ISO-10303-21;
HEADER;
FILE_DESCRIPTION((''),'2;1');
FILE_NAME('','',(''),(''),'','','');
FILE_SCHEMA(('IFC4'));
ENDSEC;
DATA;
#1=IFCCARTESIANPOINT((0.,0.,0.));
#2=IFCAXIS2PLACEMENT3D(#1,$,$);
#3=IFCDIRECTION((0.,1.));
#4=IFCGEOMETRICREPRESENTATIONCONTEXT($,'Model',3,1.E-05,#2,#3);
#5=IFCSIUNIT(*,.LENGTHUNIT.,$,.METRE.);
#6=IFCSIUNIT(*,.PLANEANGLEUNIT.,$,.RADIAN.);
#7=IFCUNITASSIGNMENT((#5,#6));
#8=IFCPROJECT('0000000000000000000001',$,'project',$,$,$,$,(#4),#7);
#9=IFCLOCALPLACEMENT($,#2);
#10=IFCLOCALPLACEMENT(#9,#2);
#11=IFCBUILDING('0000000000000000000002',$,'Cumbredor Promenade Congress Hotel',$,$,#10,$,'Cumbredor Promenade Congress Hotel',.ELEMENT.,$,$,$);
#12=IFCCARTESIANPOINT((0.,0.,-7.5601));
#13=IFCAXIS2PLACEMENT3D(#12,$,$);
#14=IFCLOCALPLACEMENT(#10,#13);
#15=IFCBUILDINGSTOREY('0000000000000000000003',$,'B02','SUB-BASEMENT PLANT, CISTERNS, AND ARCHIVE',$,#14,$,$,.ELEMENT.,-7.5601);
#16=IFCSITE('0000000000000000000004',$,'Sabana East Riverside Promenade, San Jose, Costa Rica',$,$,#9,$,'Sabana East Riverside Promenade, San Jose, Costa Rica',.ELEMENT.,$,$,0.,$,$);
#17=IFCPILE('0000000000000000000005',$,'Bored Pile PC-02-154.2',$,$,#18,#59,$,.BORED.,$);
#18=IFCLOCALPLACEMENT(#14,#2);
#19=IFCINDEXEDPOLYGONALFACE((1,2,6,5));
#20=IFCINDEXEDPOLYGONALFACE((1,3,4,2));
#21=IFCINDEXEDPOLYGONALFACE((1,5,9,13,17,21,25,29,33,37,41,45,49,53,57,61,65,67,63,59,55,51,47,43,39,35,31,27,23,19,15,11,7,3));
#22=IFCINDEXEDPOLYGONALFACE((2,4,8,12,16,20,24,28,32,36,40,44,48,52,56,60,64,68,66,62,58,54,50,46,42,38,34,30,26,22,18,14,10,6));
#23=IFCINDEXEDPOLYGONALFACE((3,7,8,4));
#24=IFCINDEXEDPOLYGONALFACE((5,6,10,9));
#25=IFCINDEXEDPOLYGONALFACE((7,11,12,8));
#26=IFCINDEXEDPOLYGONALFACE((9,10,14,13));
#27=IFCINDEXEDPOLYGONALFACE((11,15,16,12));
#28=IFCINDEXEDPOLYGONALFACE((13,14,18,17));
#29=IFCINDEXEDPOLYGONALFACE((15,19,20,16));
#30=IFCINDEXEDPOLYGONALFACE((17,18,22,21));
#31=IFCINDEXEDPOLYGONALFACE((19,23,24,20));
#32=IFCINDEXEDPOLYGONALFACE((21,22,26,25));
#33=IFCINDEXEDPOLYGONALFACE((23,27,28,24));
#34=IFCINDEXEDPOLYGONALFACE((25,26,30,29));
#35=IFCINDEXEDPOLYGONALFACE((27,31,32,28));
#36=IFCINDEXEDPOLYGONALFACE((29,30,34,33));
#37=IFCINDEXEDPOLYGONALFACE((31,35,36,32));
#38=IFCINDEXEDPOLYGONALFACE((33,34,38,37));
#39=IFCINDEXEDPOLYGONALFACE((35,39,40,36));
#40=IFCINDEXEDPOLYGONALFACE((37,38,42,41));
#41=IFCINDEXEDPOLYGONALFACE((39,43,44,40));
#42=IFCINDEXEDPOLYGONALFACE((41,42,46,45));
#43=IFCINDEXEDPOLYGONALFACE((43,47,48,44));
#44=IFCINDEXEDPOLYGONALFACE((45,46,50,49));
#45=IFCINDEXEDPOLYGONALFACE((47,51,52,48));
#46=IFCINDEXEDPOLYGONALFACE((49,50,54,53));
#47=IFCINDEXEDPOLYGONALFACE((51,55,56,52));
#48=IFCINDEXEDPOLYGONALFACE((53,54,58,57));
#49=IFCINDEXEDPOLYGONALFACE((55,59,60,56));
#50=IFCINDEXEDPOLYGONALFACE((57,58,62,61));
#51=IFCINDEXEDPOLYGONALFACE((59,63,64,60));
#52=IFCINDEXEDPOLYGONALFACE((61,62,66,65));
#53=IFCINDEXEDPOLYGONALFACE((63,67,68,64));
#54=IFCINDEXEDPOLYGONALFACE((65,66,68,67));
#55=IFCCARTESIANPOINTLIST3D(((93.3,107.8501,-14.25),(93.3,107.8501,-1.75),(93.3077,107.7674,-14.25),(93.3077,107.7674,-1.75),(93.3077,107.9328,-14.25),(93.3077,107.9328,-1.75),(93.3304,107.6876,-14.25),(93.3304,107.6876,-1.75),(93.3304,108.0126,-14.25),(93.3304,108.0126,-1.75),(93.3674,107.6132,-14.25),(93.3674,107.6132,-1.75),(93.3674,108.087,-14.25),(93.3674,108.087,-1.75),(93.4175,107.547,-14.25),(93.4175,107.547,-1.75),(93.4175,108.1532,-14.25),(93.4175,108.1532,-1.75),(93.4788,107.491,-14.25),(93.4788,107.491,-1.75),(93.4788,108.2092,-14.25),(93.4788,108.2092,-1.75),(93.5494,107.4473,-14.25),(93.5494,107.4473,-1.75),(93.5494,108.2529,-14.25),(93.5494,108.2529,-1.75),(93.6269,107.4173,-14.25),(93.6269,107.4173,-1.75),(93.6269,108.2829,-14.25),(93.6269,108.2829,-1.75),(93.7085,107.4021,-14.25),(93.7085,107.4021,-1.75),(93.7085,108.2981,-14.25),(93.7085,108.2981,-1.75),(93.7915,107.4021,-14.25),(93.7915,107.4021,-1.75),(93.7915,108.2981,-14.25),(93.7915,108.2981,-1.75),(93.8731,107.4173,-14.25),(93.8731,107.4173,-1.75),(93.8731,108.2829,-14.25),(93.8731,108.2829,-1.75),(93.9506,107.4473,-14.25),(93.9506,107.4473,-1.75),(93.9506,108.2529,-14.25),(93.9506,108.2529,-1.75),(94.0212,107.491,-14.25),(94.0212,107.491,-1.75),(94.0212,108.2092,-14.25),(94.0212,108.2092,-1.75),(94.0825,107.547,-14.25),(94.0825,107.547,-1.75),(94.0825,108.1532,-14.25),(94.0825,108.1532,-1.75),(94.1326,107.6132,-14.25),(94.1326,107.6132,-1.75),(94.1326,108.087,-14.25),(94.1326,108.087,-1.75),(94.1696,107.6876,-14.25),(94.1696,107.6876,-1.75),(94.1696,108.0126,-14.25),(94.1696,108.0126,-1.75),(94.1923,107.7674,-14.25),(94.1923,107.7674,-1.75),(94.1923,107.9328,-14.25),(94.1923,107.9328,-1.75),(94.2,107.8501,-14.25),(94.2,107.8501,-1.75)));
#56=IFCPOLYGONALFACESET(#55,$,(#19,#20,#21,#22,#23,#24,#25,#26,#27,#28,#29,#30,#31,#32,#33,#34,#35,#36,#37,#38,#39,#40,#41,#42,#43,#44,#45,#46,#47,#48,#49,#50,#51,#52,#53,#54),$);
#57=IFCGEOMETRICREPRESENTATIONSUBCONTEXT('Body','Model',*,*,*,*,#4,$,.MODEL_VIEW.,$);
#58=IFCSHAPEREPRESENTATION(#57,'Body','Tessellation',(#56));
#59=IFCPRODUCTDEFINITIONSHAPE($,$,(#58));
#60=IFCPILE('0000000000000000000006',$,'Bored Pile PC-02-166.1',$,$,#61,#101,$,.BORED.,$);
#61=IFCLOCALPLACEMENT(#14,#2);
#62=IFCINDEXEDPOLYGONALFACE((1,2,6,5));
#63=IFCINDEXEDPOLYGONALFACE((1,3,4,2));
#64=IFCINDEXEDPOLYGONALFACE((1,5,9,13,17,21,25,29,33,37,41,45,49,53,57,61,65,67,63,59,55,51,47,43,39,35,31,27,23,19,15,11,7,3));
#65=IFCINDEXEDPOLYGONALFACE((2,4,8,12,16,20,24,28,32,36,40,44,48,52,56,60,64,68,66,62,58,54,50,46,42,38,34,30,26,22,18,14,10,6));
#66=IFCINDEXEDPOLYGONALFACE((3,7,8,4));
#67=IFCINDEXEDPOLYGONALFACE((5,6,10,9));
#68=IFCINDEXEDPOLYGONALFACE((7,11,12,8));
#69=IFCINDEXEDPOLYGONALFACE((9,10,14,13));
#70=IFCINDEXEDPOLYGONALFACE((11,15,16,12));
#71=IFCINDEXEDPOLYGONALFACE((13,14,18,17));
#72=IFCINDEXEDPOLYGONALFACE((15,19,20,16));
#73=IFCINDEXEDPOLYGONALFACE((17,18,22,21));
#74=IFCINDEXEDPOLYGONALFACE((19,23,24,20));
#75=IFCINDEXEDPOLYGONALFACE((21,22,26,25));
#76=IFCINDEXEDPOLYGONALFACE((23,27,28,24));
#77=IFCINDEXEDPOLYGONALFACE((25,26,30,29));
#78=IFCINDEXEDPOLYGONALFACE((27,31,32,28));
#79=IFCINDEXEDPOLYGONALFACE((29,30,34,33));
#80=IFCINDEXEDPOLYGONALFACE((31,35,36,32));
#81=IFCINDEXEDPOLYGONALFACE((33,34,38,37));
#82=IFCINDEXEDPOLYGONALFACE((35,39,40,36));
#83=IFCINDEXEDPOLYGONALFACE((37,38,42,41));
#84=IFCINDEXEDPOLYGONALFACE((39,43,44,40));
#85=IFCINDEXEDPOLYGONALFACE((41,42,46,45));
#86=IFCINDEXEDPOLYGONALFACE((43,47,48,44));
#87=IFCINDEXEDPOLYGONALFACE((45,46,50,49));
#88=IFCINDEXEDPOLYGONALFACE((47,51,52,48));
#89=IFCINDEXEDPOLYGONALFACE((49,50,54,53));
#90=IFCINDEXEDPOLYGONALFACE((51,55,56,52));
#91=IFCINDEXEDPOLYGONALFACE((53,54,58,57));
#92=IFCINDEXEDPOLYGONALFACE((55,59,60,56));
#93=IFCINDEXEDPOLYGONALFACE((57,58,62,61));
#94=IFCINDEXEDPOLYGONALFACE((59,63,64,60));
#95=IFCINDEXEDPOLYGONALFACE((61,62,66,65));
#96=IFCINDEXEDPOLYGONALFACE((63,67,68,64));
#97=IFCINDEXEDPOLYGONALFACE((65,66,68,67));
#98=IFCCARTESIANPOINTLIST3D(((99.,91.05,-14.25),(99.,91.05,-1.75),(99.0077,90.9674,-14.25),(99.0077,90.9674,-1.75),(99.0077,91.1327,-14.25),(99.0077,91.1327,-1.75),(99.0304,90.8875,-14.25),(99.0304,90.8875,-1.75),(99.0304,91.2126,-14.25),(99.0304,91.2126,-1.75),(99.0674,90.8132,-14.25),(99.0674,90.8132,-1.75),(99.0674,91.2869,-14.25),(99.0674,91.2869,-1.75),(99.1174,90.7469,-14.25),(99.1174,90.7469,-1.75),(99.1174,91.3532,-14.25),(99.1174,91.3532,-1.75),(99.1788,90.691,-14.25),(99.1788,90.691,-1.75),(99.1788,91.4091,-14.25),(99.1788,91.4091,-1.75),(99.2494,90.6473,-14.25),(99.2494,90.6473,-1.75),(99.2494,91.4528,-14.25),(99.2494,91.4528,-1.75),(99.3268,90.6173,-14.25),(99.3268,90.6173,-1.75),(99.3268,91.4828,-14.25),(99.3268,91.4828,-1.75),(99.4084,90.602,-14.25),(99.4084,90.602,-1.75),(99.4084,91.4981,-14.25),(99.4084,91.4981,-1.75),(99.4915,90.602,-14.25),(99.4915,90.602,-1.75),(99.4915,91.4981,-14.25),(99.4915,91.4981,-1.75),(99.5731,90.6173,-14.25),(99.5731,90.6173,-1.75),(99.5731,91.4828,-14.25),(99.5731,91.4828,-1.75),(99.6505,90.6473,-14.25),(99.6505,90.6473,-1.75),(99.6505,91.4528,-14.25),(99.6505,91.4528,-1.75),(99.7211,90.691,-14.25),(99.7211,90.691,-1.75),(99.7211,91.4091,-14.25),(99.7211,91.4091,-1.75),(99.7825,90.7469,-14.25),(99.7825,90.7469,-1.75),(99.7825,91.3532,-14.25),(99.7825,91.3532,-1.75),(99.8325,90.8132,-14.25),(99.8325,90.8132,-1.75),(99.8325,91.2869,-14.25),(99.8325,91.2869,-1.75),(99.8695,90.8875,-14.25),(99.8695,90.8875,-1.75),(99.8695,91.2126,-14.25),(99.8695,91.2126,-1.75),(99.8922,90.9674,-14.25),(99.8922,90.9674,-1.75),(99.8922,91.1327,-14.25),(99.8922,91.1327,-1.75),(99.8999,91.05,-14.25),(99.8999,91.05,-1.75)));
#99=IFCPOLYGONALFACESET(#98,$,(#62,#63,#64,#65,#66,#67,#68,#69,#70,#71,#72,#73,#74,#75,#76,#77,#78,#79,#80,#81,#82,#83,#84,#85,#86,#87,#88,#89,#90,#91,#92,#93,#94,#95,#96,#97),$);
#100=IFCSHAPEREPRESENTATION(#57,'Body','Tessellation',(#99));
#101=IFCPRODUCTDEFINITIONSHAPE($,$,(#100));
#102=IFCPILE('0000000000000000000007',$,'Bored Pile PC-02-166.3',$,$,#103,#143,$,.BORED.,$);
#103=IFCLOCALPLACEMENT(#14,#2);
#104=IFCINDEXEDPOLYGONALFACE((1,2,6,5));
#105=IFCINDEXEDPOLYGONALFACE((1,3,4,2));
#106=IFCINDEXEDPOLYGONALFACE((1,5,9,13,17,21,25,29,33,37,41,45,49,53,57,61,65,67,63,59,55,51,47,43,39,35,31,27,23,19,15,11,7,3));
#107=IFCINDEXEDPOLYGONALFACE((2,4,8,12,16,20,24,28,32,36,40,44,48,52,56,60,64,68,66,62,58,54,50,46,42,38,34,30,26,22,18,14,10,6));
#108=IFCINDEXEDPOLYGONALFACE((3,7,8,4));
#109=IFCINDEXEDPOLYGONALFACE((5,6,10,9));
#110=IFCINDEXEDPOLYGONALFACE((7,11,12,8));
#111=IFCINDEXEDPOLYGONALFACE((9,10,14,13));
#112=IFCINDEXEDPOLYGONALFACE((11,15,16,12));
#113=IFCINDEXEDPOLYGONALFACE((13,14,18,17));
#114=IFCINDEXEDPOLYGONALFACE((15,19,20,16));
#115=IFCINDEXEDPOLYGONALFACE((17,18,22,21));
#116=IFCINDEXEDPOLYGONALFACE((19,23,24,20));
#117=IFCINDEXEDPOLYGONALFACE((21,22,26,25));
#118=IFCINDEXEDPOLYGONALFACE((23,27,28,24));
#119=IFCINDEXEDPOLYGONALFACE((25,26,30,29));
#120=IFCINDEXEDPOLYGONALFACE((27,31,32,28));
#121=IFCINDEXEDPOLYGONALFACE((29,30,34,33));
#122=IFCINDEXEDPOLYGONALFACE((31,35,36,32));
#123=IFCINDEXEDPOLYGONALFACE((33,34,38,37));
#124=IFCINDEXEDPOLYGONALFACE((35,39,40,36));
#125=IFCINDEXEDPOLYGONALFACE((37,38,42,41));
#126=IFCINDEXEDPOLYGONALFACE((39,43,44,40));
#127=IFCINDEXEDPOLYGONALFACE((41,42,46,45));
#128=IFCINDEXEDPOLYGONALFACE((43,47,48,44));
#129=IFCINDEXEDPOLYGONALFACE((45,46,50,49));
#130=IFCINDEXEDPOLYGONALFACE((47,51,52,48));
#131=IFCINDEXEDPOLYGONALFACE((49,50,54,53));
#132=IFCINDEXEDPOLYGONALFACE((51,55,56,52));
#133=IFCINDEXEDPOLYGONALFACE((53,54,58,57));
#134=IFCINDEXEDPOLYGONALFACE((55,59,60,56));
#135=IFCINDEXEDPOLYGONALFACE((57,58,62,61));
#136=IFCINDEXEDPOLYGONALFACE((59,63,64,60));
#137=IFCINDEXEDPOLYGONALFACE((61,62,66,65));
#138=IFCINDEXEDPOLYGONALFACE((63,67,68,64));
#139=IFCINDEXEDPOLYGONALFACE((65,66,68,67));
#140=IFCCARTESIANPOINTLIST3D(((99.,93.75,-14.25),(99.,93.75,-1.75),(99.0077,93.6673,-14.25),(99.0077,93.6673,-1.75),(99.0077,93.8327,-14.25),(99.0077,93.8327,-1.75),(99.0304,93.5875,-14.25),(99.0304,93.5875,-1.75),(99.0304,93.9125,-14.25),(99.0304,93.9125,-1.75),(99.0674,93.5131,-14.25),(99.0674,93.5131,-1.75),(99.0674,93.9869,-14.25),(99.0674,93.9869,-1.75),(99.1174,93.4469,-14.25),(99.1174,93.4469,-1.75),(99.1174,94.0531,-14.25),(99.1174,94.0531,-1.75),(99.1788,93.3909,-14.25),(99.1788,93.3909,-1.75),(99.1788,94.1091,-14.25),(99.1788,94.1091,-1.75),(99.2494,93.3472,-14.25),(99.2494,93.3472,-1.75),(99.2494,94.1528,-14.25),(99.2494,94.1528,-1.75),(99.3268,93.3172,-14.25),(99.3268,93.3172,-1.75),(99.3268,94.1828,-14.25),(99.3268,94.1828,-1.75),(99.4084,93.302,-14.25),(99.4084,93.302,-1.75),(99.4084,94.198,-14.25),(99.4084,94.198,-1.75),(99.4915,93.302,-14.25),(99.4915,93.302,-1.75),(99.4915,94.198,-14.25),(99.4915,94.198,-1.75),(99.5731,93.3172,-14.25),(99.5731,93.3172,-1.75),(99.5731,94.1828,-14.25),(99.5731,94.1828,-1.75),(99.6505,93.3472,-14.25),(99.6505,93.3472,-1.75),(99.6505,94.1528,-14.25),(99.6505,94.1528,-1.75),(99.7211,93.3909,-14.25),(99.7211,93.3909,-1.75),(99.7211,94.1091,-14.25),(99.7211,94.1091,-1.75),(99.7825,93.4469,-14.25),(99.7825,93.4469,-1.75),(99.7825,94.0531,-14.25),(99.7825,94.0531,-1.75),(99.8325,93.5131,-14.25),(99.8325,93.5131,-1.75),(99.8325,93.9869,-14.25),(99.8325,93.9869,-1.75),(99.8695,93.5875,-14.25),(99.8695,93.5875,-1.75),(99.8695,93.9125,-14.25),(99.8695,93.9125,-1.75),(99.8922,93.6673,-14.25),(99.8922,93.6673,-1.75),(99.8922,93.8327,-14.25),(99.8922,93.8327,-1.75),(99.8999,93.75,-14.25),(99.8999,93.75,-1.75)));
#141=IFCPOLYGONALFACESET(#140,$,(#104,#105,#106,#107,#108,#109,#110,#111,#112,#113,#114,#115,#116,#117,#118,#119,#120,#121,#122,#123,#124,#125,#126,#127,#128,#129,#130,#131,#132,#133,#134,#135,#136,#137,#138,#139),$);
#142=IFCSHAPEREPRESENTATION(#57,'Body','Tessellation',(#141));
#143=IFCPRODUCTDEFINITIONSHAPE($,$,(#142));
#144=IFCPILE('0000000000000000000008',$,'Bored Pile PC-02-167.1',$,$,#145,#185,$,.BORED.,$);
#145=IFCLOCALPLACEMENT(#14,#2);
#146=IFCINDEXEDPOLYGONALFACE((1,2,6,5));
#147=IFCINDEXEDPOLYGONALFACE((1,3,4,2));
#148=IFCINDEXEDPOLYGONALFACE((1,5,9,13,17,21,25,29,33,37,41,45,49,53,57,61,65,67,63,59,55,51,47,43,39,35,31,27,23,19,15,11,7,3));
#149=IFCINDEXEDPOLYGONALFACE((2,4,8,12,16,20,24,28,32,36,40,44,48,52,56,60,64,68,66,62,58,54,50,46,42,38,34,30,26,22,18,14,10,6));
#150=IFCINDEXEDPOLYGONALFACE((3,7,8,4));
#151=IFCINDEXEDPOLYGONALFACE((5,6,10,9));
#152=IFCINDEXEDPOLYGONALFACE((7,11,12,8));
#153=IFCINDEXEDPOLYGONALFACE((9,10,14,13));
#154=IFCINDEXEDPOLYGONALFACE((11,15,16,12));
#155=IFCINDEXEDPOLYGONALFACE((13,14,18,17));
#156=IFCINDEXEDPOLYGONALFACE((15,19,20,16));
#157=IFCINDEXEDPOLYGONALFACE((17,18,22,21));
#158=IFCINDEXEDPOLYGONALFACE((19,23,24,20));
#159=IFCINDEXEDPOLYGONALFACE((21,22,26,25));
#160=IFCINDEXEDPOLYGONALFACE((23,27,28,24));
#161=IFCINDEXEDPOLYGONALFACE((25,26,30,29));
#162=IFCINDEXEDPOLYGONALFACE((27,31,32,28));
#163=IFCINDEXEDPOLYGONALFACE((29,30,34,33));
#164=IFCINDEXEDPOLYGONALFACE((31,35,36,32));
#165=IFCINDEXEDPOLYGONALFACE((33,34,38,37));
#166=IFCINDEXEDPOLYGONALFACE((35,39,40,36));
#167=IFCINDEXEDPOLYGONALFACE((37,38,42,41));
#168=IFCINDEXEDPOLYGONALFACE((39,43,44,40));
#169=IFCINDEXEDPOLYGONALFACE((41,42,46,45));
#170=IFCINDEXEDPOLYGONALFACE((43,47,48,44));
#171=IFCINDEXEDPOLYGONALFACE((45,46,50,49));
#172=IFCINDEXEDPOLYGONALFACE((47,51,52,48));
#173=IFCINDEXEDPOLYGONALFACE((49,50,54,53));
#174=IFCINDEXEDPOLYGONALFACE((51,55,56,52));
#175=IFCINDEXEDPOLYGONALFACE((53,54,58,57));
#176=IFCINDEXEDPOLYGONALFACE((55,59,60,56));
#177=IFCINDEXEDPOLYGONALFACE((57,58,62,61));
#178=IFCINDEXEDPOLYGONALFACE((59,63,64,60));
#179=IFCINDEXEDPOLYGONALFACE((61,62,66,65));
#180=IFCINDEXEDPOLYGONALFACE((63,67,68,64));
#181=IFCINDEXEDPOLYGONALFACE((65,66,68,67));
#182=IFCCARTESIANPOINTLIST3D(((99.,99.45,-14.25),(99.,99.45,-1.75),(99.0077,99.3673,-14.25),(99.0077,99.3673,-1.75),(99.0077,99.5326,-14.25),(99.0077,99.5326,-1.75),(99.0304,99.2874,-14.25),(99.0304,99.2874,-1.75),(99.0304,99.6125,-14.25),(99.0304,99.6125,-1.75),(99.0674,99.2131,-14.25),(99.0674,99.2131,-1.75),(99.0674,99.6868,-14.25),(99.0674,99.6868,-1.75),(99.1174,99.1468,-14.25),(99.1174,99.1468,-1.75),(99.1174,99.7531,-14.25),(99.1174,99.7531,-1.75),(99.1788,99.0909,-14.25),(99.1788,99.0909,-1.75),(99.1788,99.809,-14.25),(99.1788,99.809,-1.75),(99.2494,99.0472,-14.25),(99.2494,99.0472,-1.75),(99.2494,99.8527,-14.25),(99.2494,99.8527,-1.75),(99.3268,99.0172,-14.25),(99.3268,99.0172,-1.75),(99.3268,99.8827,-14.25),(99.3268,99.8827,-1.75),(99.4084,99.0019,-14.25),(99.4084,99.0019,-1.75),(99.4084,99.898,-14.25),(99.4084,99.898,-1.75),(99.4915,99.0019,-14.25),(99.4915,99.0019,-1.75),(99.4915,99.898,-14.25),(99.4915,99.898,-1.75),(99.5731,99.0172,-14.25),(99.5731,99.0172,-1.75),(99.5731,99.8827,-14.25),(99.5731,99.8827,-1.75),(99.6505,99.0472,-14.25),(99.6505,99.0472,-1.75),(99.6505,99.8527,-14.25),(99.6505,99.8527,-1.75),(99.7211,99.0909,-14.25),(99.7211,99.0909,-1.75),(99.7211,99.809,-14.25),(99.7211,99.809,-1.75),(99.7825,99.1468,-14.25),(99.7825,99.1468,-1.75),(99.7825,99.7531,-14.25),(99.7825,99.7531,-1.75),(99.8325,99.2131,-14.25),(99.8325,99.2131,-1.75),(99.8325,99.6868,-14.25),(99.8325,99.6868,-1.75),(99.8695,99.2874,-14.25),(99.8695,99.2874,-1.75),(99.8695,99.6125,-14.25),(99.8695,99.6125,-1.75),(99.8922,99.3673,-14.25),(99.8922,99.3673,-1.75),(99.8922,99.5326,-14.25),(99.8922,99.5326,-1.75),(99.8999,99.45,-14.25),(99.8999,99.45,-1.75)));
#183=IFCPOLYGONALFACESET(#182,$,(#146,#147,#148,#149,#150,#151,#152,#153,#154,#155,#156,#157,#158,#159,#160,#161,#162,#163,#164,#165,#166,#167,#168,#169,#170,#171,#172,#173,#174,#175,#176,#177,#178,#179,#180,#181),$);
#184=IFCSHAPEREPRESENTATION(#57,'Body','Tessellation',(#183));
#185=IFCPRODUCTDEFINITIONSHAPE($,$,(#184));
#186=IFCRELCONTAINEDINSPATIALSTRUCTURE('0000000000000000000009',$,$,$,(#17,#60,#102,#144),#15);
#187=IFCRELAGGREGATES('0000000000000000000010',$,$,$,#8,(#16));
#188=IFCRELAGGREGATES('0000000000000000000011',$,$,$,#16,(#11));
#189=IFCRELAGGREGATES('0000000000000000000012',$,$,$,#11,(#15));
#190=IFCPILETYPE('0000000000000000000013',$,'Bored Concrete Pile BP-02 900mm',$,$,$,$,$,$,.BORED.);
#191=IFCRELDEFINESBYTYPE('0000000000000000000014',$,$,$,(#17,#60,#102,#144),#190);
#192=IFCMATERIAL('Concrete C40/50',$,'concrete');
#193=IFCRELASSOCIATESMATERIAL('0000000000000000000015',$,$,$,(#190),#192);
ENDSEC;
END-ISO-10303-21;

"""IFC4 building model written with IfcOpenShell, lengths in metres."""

from ifc_helpers import new_model, si_unit, direction, frame, origin, origin_2d, place, context, subcontext, project, spatial, circle, extrude, material, material_profile, profile_set, type_object, element, save


model = new_model("IFC4")

# Units and contexts
model_context = context("Model", 3, precision=1e-05, world=origin(), true_north=direction((0.0, 1.0)))
body_context = subcontext(model_context, "Body", "Model", "MODEL_VIEW")
ifc_project = project(units=[si_unit("LENGTHUNIT", "METRE"), si_unit("PLANEANGLEUNIT", "RADIAN")], contexts=[model_context])

# Site, building, storey
site_placement = place(None, origin())
site = spatial("IfcSite", under=ifc_project, at=site_placement, Name="Sabana East Riverside Promenade, San Jose, Costa Rica", LongName="Sabana East Riverside Promenade, San Jose, Costa Rica", CompositionType="ELEMENT", RefElevation=0.0)
building_placement = place(site_placement, origin())
building = spatial("IfcBuilding", under=site, at=building_placement, Name="Cumbredor Promenade Congress Hotel", LongName="Cumbredor Promenade Congress Hotel", CompositionType="ELEMENT")
storey_placement = place(building_placement, frame((0.0, 0.0, -7.5601)))
storey = spatial("IfcBuildingStorey", under=building, at=storey_placement, Name="B02", Description="SUB-BASEMENT PLANT, CISTERNS, AND ARCHIVE", CompositionType="ELEMENT", Elevation=-7.5601)

# Piles
ifc_material_1 = material(Name="Concrete C40/50", Category="concrete")
ifc_material_profile_1 = material_profile(ifc_material_1, circle(Radius=0.45, at=origin_2d()), Name="PILE D900")
ifc_profile_set_1 = profile_set([ifc_material_profile_1], Name="Concrete C40/50")
pile_type = type_object("IfcPileType", Name="Bored Concrete Pile BP-02 900mm", PredefinedType="BORED", material=ifc_profile_set_1)
for number, where, z_axis, x_axis, name in (
    (1, (93.75, 107.8501, -1.75), (0.0, 0.0, -1.0), (1.0, 0.0, 0.0), "Bored Pile PC-02-154.2"),
    (2, (99.45, 91.05, -1.75), (0.0, 0.0, -1.0), (1.0, 0.0, 0.0), "Bored Pile PC-02-166.1"),
    (3, (99.45, 93.75, -1.75), (0.0, 0.0, -1.0), (1.0, 0.0, 0.0), "Bored Pile PC-02-166.3"),
    (4, (99.45, 99.45, -1.75), (0.0, 0.0, -1.0), (1.0, 0.0, 0.0), "Bored Pile PC-02-167.1"),
):
    element("IfcPile", number, at=place(storey_placement, frame(where, z_axis=z_axis, x_axis=x_axis)), inside=storey, type_object=pile_type, Name=name, PredefinedType="BORED", context=body_context, shape_type="SweptSolid", body=[
        extrude(circle(Radius=0.45, at=origin_2d()), origin(), (0.0, 0.0, 1.0), 12.5),
    ])

save(model, "model.ifc")
